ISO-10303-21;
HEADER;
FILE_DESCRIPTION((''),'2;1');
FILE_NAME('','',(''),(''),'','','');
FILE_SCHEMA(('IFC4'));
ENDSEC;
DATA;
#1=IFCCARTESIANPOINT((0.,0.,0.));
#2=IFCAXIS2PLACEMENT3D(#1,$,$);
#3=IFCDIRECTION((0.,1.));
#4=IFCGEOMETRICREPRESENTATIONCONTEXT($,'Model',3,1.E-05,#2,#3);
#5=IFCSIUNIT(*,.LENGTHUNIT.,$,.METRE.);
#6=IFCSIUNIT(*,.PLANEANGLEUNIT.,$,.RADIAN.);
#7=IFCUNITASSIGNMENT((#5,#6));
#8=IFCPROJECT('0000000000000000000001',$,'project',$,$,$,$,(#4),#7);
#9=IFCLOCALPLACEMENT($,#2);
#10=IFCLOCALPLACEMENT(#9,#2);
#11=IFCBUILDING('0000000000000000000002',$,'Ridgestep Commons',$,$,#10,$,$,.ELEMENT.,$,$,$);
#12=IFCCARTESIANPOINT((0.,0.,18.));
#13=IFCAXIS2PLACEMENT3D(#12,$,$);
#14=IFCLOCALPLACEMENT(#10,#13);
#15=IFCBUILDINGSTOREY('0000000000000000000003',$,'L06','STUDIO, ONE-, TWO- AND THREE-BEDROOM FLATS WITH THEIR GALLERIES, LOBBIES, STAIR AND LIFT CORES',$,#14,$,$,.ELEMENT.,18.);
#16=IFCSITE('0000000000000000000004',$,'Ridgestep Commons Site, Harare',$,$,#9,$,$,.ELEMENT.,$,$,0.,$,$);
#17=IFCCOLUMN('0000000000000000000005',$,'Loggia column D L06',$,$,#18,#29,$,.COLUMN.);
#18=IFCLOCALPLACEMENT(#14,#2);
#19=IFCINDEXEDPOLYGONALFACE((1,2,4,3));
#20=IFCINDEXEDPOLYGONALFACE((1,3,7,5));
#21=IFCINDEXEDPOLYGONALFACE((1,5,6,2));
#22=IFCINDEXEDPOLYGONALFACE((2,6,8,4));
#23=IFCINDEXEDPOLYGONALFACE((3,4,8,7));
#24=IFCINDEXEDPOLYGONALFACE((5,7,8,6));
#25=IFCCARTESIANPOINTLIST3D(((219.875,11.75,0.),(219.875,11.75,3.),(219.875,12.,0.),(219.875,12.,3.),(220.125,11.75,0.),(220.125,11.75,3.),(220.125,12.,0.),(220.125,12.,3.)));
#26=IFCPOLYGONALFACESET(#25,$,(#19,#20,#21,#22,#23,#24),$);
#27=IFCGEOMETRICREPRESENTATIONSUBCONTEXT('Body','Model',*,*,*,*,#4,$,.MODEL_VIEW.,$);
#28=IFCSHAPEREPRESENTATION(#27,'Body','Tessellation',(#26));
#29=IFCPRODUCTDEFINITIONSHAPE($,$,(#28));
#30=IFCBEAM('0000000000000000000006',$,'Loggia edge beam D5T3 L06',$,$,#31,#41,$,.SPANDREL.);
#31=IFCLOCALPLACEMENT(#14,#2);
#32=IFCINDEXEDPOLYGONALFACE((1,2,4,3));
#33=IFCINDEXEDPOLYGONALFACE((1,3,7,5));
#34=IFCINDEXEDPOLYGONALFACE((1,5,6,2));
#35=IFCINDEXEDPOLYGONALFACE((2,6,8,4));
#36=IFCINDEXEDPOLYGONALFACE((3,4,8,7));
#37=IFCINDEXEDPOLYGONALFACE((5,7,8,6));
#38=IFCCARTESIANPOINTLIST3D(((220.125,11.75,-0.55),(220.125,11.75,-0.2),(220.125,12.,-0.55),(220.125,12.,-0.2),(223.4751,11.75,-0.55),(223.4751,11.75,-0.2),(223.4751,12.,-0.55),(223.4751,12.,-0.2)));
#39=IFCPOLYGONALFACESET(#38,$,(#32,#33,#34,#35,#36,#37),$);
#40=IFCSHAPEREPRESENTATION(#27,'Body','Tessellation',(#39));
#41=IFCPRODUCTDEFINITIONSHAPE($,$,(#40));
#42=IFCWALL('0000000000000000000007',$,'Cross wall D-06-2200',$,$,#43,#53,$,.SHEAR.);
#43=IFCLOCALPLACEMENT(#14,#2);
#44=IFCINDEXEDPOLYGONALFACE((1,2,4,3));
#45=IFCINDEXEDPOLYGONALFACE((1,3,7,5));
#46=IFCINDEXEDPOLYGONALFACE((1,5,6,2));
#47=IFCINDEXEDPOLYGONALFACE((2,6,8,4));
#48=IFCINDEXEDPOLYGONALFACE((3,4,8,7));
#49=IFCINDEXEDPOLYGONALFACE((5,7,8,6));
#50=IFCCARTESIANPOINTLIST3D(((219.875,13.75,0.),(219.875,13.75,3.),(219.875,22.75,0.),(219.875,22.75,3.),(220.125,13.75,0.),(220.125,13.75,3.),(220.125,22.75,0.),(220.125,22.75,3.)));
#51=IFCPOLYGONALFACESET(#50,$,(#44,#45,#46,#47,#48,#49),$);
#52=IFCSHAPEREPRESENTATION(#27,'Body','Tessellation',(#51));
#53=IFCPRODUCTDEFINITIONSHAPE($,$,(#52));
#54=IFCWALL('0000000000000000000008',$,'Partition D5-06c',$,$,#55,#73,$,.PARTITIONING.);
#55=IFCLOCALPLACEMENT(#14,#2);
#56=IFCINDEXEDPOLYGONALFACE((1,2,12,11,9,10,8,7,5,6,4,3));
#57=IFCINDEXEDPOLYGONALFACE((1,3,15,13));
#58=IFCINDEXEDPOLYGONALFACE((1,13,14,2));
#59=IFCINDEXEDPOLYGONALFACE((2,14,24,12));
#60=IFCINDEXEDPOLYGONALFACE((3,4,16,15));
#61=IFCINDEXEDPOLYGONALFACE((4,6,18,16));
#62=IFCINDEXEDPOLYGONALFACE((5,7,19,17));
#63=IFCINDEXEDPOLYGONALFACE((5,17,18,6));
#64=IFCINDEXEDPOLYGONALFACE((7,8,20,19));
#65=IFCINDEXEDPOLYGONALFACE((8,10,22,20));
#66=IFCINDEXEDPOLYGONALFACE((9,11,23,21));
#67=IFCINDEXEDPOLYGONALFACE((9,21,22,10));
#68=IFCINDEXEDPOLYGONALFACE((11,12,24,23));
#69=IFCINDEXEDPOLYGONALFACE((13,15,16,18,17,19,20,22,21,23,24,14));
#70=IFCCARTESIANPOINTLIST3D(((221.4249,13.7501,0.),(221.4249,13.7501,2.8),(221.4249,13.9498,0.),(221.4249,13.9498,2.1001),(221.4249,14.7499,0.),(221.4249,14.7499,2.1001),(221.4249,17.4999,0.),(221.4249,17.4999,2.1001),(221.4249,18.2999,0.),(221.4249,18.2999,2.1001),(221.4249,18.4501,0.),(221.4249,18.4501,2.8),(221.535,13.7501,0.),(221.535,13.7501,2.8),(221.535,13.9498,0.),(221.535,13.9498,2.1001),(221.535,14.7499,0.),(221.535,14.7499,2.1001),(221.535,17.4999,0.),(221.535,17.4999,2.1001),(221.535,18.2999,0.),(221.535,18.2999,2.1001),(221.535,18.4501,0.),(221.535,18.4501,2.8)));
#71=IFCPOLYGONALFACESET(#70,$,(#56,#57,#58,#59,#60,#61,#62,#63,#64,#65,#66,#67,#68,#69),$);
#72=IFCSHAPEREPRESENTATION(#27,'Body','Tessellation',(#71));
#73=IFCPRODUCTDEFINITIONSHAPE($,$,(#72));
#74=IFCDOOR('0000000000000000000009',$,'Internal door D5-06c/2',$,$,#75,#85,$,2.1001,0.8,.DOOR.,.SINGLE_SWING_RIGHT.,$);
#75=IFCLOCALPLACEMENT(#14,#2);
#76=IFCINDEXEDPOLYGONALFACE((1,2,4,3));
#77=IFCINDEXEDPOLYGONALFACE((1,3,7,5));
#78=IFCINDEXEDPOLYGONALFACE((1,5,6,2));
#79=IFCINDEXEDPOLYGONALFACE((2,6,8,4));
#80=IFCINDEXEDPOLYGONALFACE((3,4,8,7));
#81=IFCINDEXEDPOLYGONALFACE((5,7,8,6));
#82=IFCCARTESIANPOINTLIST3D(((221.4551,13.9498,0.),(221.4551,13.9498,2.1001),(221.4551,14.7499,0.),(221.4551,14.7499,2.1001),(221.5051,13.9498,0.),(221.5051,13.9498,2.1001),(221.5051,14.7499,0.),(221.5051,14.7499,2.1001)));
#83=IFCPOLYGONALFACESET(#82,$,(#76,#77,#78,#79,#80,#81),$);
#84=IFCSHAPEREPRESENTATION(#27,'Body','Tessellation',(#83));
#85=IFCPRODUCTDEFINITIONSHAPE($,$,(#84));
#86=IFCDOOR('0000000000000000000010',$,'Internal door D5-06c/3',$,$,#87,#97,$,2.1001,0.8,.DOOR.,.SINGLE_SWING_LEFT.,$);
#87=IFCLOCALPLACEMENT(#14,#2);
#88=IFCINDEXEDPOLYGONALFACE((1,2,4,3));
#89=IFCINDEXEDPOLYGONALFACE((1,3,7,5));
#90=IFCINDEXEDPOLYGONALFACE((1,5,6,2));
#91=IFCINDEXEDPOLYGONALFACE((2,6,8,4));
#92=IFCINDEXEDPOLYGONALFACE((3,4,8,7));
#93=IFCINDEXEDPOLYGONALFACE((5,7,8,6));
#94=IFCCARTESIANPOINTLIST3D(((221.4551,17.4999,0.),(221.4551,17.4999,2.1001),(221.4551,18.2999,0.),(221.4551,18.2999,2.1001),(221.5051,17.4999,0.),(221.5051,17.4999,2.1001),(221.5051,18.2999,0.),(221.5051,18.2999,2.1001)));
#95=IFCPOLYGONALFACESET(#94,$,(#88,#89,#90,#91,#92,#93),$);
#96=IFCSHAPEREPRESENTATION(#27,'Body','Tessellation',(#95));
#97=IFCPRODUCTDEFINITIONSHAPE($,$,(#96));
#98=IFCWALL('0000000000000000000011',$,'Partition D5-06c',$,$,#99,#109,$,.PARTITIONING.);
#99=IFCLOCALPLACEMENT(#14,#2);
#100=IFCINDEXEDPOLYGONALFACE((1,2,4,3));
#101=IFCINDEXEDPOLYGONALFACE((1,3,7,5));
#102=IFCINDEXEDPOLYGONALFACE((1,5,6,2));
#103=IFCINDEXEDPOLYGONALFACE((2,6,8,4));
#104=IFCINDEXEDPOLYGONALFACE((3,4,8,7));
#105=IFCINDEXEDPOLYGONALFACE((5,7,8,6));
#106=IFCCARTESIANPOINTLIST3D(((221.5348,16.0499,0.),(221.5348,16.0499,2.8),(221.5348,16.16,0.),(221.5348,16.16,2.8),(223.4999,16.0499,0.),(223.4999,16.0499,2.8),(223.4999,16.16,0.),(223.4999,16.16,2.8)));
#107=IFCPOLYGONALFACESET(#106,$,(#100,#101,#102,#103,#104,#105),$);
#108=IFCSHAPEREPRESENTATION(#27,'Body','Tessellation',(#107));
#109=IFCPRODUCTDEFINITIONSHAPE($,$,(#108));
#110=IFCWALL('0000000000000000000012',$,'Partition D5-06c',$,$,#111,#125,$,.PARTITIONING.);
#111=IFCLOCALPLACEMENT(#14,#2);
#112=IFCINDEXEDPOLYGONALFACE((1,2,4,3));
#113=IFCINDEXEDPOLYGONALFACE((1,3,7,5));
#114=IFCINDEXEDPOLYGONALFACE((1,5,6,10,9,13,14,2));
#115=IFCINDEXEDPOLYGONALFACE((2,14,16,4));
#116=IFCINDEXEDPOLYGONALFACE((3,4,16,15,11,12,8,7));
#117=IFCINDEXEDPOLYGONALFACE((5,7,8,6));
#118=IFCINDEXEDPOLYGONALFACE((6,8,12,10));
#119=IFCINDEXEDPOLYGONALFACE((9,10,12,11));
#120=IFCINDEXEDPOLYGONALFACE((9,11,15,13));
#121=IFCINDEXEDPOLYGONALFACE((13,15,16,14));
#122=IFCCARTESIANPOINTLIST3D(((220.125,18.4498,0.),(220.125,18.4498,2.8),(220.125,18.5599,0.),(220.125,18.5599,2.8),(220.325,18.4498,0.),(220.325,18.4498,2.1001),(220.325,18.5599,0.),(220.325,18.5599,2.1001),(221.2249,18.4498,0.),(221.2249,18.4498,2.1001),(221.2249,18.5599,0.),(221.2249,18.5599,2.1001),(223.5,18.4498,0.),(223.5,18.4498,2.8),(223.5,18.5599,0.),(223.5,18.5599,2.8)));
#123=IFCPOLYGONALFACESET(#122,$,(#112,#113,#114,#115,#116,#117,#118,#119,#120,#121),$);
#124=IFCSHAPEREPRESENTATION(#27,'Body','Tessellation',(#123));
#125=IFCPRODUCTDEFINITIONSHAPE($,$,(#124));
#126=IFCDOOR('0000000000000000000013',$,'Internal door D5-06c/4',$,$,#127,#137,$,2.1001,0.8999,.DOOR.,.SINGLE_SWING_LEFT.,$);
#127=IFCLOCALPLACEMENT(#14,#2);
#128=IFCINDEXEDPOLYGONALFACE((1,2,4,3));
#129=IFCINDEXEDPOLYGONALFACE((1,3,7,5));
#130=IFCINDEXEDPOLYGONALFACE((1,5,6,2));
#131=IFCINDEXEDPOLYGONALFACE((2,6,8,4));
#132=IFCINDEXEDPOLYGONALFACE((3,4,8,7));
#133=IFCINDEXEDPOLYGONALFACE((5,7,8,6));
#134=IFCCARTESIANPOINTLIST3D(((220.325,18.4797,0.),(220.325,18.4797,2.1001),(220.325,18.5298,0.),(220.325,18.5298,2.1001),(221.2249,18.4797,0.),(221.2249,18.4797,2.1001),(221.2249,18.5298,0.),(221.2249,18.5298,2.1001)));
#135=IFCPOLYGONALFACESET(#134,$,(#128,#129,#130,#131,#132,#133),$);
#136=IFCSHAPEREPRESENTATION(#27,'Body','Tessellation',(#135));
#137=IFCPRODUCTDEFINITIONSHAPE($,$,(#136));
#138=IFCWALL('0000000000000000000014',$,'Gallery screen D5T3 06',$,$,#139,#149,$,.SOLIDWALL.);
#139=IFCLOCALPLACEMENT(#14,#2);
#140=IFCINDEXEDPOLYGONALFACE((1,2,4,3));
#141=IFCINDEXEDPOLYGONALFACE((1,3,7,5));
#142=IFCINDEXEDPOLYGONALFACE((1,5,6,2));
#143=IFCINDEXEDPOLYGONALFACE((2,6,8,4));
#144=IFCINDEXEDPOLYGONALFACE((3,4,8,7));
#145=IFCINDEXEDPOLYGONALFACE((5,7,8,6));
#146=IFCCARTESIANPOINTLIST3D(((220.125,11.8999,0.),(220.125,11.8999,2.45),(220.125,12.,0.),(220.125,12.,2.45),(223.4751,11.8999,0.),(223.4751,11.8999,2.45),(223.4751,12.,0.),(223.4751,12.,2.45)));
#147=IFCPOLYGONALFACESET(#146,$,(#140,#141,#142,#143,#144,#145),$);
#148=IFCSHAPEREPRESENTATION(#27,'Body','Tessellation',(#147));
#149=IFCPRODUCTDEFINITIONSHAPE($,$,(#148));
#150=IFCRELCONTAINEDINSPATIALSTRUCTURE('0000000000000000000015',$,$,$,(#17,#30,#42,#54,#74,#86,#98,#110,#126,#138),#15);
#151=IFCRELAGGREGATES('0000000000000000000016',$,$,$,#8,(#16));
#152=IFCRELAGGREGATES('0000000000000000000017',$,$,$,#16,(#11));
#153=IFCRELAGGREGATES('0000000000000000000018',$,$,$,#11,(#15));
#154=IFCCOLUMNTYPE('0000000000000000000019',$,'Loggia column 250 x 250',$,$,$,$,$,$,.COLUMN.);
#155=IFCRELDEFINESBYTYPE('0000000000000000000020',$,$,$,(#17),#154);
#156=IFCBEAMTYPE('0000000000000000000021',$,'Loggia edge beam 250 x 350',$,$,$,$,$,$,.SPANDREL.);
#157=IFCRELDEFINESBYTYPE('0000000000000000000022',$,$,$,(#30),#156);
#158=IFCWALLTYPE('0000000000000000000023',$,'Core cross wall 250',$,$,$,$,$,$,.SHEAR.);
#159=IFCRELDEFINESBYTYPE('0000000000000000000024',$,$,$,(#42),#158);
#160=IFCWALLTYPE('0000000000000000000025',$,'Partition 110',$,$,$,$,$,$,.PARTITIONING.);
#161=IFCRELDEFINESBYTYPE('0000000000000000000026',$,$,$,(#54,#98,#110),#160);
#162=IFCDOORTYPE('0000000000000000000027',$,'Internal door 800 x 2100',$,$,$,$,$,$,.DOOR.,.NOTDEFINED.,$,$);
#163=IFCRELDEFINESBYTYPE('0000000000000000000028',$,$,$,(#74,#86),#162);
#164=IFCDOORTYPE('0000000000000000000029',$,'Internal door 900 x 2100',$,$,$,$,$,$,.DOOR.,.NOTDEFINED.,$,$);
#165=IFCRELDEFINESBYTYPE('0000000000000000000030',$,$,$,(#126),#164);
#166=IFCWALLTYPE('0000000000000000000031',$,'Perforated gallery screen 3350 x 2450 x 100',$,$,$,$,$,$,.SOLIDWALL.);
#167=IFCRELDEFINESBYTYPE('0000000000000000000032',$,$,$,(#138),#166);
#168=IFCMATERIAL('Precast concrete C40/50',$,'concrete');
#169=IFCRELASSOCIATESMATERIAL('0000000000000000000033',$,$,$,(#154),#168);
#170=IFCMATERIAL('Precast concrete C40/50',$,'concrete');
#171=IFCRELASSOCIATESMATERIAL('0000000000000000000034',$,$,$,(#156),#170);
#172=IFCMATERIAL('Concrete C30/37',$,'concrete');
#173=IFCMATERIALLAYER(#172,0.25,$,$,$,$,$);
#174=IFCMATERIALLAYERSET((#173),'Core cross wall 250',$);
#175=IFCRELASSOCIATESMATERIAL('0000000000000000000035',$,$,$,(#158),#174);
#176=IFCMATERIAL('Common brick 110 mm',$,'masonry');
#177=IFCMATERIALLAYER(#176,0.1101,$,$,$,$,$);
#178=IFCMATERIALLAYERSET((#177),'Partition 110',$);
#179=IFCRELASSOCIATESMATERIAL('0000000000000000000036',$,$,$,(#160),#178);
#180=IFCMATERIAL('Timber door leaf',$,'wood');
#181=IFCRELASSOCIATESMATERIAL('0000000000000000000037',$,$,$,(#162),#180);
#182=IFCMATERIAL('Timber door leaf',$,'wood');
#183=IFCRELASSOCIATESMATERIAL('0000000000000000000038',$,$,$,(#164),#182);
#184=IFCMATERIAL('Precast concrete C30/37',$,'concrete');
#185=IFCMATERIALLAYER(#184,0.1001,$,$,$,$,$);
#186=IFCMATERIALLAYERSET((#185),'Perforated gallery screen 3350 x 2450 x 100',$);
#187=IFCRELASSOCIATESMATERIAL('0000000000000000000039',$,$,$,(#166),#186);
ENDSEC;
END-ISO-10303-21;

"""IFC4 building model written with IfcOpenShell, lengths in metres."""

from ifc_helpers import new_model, si_unit, direction, frame, frame_2d, origin, origin_2d, place, context, subcontext, project, spatial, rectangle, extrude, material, layer, layer_set, material_profile, profile_set, type_object, element, fill, save


model = new_model("IFC4")

# Units and contexts
model_context = context("Model", 3, precision=1e-05, world=origin(), true_north=direction((0.0, 1.0)))
body_context = subcontext(model_context, "Body", "Model", "MODEL_VIEW")
ifc_project = project(units=[si_unit("LENGTHUNIT", "METRE"), si_unit("PLANEANGLEUNIT", "RADIAN")], contexts=[model_context])

# Site, building, storey
site_placement = place(None, origin())
site = spatial("IfcSite", under=ifc_project, at=site_placement, Name="Ridgestep Commons Site, Harare", CompositionType="ELEMENT", RefElevation=0.0)
building_placement = place(site_placement, origin())
building = spatial("IfcBuilding", under=site, at=building_placement, Name="Ridgestep Commons", CompositionType="ELEMENT")
storey_placement = place(building_placement, frame((0.0, 0.0, 18.0)))
storey = spatial("IfcBuildingStorey", under=building, at=storey_placement, Name="L06", Description="STUDIO, ONE-, TWO- AND THREE-BEDROOM FLATS WITH THEIR GALLERIES, LOBBIES, STAIR AND LIFT CORES", CompositionType="ELEMENT", Elevation=18.0)

# Column
ifc_material_1 = material(Name="Precast concrete C40/50", Category="concrete")
ifc_material_profile_1 = material_profile(ifc_material_1, rectangle(XDim=0.25, YDim=0.25, at=origin_2d()), Name="PC 250x250")
ifc_profile_set_1 = profile_set([ifc_material_profile_1], Name="Precast concrete C40/50")
column_type = type_object("IfcColumnType", Name="Loggia column 250 x 250", PredefinedType="COLUMN", material=ifc_profile_set_1)
column_placement = place(storey_placement, frame((220.0, 11.875, 0.0), z_axis=(0.0, 0.0, 1.0), x_axis=(1.0, 0.0, 0.0)))
element("IfcColumn", 1, at=column_placement, inside=storey, type_object=column_type, Name="Loggia column D L06", PredefinedType="COLUMN", context=body_context, shape_type="SweptSolid", body=[
    extrude(rectangle(XDim=0.25, YDim=0.25, at=origin_2d()), origin(), (0.0, 0.0, 1.0), 3.0),
])

# Beam
ifc_material_2 = material(Name="Precast concrete C40/50", Category="concrete")
ifc_material_profile_2 = material_profile(ifc_material_2, rectangle(XDim=0.25, YDim=0.3501, at=origin_2d()), Name="PC 250x350")
ifc_profile_set_2 = profile_set([ifc_material_profile_2], Name="Precast concrete C40/50")
beam_type = type_object("IfcBeamType", Name="Loggia edge beam 250 x 350", PredefinedType="SPANDREL", material=ifc_profile_set_2)
beam_placement = place(storey_placement, frame((220.125, 11.875, -0.375), z_axis=(1.0, 0.0, 0.0), x_axis=(0.0, 1.0, 0.0)))
element("IfcBeam", 2, at=beam_placement, inside=storey, type_object=beam_type, Name="Loggia edge beam D5T3 L06", PredefinedType="SPANDREL", context=body_context, shape_type="SweptSolid", body=[
    extrude(rectangle(XDim=0.25, YDim=0.3501, at=origin_2d()), origin(), (0.0, 0.0, 1.0), 3.3501),
])

# Wall
ifc_material_3 = material(Name="Concrete C30/37", Category="concrete")
ifc_layer_1 = layer(ifc_material_3, 0.25)
ifc_layer_set_1 = layer_set([ifc_layer_1], Name="Core cross wall 250")
wall_type_1 = type_object("IfcWallType", Name="Core cross wall 250", PredefinedType="SHEAR", material=ifc_layer_set_1)
wall_1_placement = place(storey_placement, frame((220.0, 13.75, 0.0), z_axis=(0.0, 0.0, 1.0), x_axis=(0.0, 1.0, 0.0)))
element("IfcWall", 3, at=wall_1_placement, inside=storey, type_object=wall_type_1, Name="Cross wall D-06-2200", PredefinedType="SHEAR", context=body_context, shape_type="SweptSolid", body=[
    extrude(rectangle(XDim=9.0, YDim=0.25, at=frame_2d((4.5, 0.0))), origin(), (0.0, 0.0, 1.0), 3.0),
])

# Wall, openings, doors
ifc_material_4 = material(Name="Common brick 110 mm", Category="masonry")
ifc_layer_2 = layer(ifc_material_4, 0.1101)
ifc_layer_set_2 = layer_set([ifc_layer_2], Name="Partition 110")
wall_type_2 = type_object("IfcWallType", Name="Partition 110", PredefinedType="PARTITIONING", material=ifc_layer_set_2)
wall_2_placement = place(storey_placement, frame((221.48, 13.75, 0.0), z_axis=(0.0, 0.0, 1.0), x_axis=(0.0, 1.0, 0.0)))
wall_2 = element("IfcWall", 4, at=wall_2_placement, inside=storey, type_object=wall_type_2, Name="Partition D5-06c", PredefinedType="PARTITIONING", context=body_context, shape_type="SweptSolid", body=[
    extrude(rectangle(XDim=4.7, YDim=0.1101, at=frame_2d((2.3501, 0.0))), origin(), (0.0, 0.0, 1.0), 2.8),
])
opening_1_placement = place(wall_2_placement, frame((0.2, 0.0, 0.0)))
opening_1 = element("IfcOpeningElement", 5, at=opening_1_placement, cuts=wall_2, PredefinedType="OPENING", context=body_context, shape_type="SweptSolid", body=[
    extrude(rectangle(XDim=0.8, YDim=2.1001, at=frame_2d((0.3999, 1.05))), frame((0.0, 0.0649, 0.0), z_axis=(0.0, -1.0, 0.0), x_axis=(1.0, 0.0, 0.0)), (0.0, 0.0, 1.0), 0.1301),
])
opening_2_placement = place(wall_2_placement, frame((3.75, 0.0, 0.0)))
opening_2 = element("IfcOpeningElement", 6, at=opening_2_placement, cuts=wall_2, PredefinedType="OPENING", context=body_context, shape_type="SweptSolid", body=[
    extrude(rectangle(XDim=0.8, YDim=2.1001, at=frame_2d((0.3999, 1.05))), frame((0.0, 0.0649, 0.0), z_axis=(0.0, -1.0, 0.0), x_axis=(1.0, 0.0, 0.0)), (0.0, 0.0, 1.0), 0.1301),
])
ifc_material_5 = material(Name="Timber door leaf", Category="wood")
door_type_1 = type_object("IfcDoorType", Name="Internal door 800 x 2100", OperationType="NOTDEFINED", PredefinedType="DOOR", material=ifc_material_5)
door_1_placement = place(opening_1_placement, origin())
door_1 = element("IfcDoor", 7, at=door_1_placement, inside=storey, type_object=door_type_1, Name="Internal door D5-06c/2", OperationType="SINGLE_SWING_RIGHT", OverallHeight=2.1001, OverallWidth=0.8, PredefinedType="DOOR", context=body_context, shape_type="SweptSolid", body=[
    extrude(rectangle(XDim=0.8, YDim=2.1001, at=frame_2d((0.3999, 1.05))), frame((0.0, 0.0249, 0.0), z_axis=(0.0, -1.0, 0.0), x_axis=(1.0, 0.0, 0.0)), (0.0, 0.0, 1.0), 0.05),
])
fill(opening_1, door_1)
door_2_placement = place(opening_2_placement, origin())
door_2 = element("IfcDoor", 8, at=door_2_placement, inside=storey, type_object=door_type_1, Name="Internal door D5-06c/3", OperationType="SINGLE_SWING_LEFT", OverallHeight=2.1001, OverallWidth=0.8, PredefinedType="DOOR", context=body_context, shape_type="SweptSolid", body=[
    extrude(rectangle(XDim=0.8, YDim=2.1001, at=frame_2d((0.3999, 1.05))), frame((0.0, 0.0249, 0.0), z_axis=(0.0, -1.0, 0.0), x_axis=(1.0, 0.0, 0.0)), (0.0, 0.0, 1.0), 0.05),
])
fill(opening_2, door_2)

# Wall
wall_3_placement = place(storey_placement, frame((221.5349, 16.105, 0.0), z_axis=(0.0, 0.0, 1.0), x_axis=(1.0, 0.0, 0.0)))
element("IfcWall", 9, at=wall_3_placement, inside=storey, type_object=wall_type_2, Name="Partition D5-06c", PredefinedType="PARTITIONING", context=body_context, shape_type="SweptSolid", body=[
    extrude(rectangle(XDim=1.9651, YDim=0.1101, at=frame_2d((0.9824, 0.0))), origin(), (0.0, 0.0, 1.0), 2.8),
])

# Wall, opening, door
wall_4_placement = place(storey_placement, frame((220.125, 18.5049, 0.0), z_axis=(0.0, 0.0, 1.0), x_axis=(1.0, 0.0, 0.0)))
wall_4 = element("IfcWall", 10, at=wall_4_placement, inside=storey, type_object=wall_type_2, Name="Partition D5-06c", PredefinedType="PARTITIONING", context=body_context, shape_type="SweptSolid", body=[
    extrude(rectangle(XDim=3.375, YDim=0.1101, at=frame_2d((1.6875, 0.0))), origin(), (0.0, 0.0, 1.0), 2.8),
])
opening_3_placement = place(wall_4_placement, frame((0.2, 0.0, 0.0)))
opening_3 = element("IfcOpeningElement", 11, at=opening_3_placement, cuts=wall_4, PredefinedType="OPENING", context=body_context, shape_type="SweptSolid", body=[
    extrude(rectangle(XDim=0.8999, YDim=2.1001, at=frame_2d((0.45, 1.05))), frame((0.0, 0.0649, 0.0), z_axis=(0.0, -1.0, 0.0), x_axis=(1.0, 0.0, 0.0)), (0.0, 0.0, 1.0), 0.1301),
])
ifc_material_6 = material(Name="Timber door leaf", Category="wood")
door_type_2 = type_object("IfcDoorType", Name="Internal door 900 x 2100", OperationType="NOTDEFINED", PredefinedType="DOOR", material=ifc_material_6)
door_3_placement = place(opening_3_placement, origin())
door_3 = element("IfcDoor", 12, at=door_3_placement, inside=storey, type_object=door_type_2, Name="Internal door D5-06c/4", OperationType="SINGLE_SWING_LEFT", OverallHeight=2.1001, OverallWidth=0.8999, PredefinedType="DOOR", context=body_context, shape_type="SweptSolid", body=[
    extrude(rectangle(XDim=0.8999, YDim=2.1001, at=frame_2d((0.45, 1.05))), frame((0.0, 0.0249, 0.0), z_axis=(0.0, -1.0, 0.0), x_axis=(1.0, 0.0, 0.0)), (0.0, 0.0, 1.0), 0.05),
])
fill(opening_3, door_3)

# Wall
ifc_material_7 = material(Name="Precast concrete C30/37", Category="concrete")
ifc_layer_3 = layer(ifc_material_7, 0.1001)
ifc_layer_set_3 = layer_set([ifc_layer_3], Name="Perforated gallery screen 3350 x 2450 x 100")
wall_type_3 = type_object("IfcWallType", Name="Perforated gallery screen 3350 x 2450 x 100", PredefinedType="SOLIDWALL", material=ifc_layer_set_3)
wall_5_placement = place(storey_placement, frame((220.125, 11.95, 0.0), z_axis=(0.0, 0.0, 1.0), x_axis=(1.0, 0.0, 0.0)))
element("IfcWall", 13, at=wall_5_placement, inside=storey, type_object=wall_type_3, Name="Gallery screen D5T3 06", PredefinedType="SOLIDWALL", context=body_context, shape_type="SweptSolid", body=[
    extrude(rectangle(XDim=3.3501, YDim=0.1001, at=frame_2d((1.675, 0.0))), origin(), (0.0, 0.0, 1.0), 2.45),
])

save(model, "model.ifc")
